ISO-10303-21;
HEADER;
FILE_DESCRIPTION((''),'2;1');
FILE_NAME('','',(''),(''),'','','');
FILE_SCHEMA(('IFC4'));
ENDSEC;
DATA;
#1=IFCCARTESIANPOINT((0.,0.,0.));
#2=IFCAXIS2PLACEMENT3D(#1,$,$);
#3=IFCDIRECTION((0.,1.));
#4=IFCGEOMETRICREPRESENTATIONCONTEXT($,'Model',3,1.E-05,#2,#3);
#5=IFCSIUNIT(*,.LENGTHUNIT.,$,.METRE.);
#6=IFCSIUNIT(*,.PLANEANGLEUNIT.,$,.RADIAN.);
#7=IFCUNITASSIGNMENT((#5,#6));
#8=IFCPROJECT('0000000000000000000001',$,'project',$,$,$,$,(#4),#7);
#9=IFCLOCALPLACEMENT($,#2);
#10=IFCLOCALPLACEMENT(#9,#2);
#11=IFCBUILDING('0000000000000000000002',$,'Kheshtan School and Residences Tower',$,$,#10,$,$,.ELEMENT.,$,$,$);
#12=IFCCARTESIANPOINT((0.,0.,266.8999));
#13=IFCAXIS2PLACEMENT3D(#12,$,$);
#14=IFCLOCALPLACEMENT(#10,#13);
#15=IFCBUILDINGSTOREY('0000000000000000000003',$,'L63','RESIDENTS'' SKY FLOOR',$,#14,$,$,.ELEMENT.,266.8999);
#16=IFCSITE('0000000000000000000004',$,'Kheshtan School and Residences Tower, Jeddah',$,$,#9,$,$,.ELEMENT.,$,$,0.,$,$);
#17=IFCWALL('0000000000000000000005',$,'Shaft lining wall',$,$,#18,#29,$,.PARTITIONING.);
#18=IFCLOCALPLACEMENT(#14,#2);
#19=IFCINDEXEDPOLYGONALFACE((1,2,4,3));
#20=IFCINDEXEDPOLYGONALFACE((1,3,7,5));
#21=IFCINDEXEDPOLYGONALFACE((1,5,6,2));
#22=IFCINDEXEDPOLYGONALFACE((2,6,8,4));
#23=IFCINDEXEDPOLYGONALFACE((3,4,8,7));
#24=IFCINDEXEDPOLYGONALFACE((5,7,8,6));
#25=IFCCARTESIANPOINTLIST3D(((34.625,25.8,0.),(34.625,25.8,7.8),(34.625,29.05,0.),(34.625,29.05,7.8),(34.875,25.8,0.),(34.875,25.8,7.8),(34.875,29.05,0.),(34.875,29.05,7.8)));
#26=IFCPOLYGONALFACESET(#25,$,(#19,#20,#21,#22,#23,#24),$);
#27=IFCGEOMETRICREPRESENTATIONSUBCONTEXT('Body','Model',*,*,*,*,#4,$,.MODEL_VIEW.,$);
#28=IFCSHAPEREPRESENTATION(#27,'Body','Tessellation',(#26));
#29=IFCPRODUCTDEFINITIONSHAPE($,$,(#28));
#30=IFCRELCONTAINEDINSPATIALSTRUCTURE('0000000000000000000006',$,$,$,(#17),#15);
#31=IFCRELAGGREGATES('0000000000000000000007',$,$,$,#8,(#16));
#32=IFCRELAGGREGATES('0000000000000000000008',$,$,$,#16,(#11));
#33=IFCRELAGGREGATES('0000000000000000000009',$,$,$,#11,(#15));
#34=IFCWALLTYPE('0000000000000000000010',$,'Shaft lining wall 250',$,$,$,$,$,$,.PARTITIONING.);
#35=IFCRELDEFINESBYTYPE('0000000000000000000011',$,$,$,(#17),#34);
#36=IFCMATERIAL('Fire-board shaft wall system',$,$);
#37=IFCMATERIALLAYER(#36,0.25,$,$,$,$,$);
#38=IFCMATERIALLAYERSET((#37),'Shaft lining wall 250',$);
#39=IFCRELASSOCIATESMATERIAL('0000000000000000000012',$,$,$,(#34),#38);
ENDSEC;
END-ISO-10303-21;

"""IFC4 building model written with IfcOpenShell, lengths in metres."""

from ifc_helpers import new_model, si_unit, direction, frame, frame_2d, origin, place, context, subcontext, project, spatial, rectangle, extrude, material, layer, layer_set, type_object, element, save


model = new_model("IFC4")

# Units and contexts
model_context = context("Model", 3, precision=1e-05, world=origin(), true_north=direction((0.0, 1.0)))
body_context = subcontext(model_context, "Body", "Model", "MODEL_VIEW")
ifc_project = project(units=[si_unit("LENGTHUNIT", "METRE"), si_unit("PLANEANGLEUNIT", "RADIAN")], contexts=[model_context])

# Site, building, storey
site_placement = place(None, origin())
site = spatial("IfcSite", under=ifc_project, at=site_placement, Name="Kheshtan School and Residences Tower, Jeddah", CompositionType="ELEMENT", RefElevation=0.0)
building_placement = place(site_placement, origin())
building = spatial("IfcBuilding", under=site, at=building_placement, Name="Kheshtan School and Residences Tower", CompositionType="ELEMENT")
storey_placement = place(building_placement, frame((0.0, 0.0, 266.8999)))
storey = spatial("IfcBuildingStorey", under=building, at=storey_placement, Name="L63", Description="RESIDENTS' SKY FLOOR", CompositionType="ELEMENT", Elevation=266.8999)

# Wall
ifc_material_1 = material(Name="Fire-board shaft wall system")
ifc_layer_1 = layer(ifc_material_1, 0.25)
ifc_layer_set_1 = layer_set([ifc_layer_1], Name="Shaft lining wall 250")
wall_type_1 = type_object("IfcWallType", Name="Shaft lining wall 250", PredefinedType="PARTITIONING", material=ifc_layer_set_1)
wall_1_placement = place(storey_placement, frame((34.75, 25.8, 0.0), z_axis=(0.0, 0.0, 1.0), x_axis=(0.0, 1.0, 0.0)))
element("IfcWall", 1, at=wall_1_placement, inside=storey, type_object=wall_type_1, Name="Shaft lining wall", PredefinedType="PARTITIONING", context=body_context, shape_type="SweptSolid", body=[
    extrude(rectangle(XDim=3.25, YDim=0.25, at=frame_2d((1.625, 0.0))), origin(), (0.0, 0.0, 1.0), 7.8),
])

save(model, "model.ifc")
